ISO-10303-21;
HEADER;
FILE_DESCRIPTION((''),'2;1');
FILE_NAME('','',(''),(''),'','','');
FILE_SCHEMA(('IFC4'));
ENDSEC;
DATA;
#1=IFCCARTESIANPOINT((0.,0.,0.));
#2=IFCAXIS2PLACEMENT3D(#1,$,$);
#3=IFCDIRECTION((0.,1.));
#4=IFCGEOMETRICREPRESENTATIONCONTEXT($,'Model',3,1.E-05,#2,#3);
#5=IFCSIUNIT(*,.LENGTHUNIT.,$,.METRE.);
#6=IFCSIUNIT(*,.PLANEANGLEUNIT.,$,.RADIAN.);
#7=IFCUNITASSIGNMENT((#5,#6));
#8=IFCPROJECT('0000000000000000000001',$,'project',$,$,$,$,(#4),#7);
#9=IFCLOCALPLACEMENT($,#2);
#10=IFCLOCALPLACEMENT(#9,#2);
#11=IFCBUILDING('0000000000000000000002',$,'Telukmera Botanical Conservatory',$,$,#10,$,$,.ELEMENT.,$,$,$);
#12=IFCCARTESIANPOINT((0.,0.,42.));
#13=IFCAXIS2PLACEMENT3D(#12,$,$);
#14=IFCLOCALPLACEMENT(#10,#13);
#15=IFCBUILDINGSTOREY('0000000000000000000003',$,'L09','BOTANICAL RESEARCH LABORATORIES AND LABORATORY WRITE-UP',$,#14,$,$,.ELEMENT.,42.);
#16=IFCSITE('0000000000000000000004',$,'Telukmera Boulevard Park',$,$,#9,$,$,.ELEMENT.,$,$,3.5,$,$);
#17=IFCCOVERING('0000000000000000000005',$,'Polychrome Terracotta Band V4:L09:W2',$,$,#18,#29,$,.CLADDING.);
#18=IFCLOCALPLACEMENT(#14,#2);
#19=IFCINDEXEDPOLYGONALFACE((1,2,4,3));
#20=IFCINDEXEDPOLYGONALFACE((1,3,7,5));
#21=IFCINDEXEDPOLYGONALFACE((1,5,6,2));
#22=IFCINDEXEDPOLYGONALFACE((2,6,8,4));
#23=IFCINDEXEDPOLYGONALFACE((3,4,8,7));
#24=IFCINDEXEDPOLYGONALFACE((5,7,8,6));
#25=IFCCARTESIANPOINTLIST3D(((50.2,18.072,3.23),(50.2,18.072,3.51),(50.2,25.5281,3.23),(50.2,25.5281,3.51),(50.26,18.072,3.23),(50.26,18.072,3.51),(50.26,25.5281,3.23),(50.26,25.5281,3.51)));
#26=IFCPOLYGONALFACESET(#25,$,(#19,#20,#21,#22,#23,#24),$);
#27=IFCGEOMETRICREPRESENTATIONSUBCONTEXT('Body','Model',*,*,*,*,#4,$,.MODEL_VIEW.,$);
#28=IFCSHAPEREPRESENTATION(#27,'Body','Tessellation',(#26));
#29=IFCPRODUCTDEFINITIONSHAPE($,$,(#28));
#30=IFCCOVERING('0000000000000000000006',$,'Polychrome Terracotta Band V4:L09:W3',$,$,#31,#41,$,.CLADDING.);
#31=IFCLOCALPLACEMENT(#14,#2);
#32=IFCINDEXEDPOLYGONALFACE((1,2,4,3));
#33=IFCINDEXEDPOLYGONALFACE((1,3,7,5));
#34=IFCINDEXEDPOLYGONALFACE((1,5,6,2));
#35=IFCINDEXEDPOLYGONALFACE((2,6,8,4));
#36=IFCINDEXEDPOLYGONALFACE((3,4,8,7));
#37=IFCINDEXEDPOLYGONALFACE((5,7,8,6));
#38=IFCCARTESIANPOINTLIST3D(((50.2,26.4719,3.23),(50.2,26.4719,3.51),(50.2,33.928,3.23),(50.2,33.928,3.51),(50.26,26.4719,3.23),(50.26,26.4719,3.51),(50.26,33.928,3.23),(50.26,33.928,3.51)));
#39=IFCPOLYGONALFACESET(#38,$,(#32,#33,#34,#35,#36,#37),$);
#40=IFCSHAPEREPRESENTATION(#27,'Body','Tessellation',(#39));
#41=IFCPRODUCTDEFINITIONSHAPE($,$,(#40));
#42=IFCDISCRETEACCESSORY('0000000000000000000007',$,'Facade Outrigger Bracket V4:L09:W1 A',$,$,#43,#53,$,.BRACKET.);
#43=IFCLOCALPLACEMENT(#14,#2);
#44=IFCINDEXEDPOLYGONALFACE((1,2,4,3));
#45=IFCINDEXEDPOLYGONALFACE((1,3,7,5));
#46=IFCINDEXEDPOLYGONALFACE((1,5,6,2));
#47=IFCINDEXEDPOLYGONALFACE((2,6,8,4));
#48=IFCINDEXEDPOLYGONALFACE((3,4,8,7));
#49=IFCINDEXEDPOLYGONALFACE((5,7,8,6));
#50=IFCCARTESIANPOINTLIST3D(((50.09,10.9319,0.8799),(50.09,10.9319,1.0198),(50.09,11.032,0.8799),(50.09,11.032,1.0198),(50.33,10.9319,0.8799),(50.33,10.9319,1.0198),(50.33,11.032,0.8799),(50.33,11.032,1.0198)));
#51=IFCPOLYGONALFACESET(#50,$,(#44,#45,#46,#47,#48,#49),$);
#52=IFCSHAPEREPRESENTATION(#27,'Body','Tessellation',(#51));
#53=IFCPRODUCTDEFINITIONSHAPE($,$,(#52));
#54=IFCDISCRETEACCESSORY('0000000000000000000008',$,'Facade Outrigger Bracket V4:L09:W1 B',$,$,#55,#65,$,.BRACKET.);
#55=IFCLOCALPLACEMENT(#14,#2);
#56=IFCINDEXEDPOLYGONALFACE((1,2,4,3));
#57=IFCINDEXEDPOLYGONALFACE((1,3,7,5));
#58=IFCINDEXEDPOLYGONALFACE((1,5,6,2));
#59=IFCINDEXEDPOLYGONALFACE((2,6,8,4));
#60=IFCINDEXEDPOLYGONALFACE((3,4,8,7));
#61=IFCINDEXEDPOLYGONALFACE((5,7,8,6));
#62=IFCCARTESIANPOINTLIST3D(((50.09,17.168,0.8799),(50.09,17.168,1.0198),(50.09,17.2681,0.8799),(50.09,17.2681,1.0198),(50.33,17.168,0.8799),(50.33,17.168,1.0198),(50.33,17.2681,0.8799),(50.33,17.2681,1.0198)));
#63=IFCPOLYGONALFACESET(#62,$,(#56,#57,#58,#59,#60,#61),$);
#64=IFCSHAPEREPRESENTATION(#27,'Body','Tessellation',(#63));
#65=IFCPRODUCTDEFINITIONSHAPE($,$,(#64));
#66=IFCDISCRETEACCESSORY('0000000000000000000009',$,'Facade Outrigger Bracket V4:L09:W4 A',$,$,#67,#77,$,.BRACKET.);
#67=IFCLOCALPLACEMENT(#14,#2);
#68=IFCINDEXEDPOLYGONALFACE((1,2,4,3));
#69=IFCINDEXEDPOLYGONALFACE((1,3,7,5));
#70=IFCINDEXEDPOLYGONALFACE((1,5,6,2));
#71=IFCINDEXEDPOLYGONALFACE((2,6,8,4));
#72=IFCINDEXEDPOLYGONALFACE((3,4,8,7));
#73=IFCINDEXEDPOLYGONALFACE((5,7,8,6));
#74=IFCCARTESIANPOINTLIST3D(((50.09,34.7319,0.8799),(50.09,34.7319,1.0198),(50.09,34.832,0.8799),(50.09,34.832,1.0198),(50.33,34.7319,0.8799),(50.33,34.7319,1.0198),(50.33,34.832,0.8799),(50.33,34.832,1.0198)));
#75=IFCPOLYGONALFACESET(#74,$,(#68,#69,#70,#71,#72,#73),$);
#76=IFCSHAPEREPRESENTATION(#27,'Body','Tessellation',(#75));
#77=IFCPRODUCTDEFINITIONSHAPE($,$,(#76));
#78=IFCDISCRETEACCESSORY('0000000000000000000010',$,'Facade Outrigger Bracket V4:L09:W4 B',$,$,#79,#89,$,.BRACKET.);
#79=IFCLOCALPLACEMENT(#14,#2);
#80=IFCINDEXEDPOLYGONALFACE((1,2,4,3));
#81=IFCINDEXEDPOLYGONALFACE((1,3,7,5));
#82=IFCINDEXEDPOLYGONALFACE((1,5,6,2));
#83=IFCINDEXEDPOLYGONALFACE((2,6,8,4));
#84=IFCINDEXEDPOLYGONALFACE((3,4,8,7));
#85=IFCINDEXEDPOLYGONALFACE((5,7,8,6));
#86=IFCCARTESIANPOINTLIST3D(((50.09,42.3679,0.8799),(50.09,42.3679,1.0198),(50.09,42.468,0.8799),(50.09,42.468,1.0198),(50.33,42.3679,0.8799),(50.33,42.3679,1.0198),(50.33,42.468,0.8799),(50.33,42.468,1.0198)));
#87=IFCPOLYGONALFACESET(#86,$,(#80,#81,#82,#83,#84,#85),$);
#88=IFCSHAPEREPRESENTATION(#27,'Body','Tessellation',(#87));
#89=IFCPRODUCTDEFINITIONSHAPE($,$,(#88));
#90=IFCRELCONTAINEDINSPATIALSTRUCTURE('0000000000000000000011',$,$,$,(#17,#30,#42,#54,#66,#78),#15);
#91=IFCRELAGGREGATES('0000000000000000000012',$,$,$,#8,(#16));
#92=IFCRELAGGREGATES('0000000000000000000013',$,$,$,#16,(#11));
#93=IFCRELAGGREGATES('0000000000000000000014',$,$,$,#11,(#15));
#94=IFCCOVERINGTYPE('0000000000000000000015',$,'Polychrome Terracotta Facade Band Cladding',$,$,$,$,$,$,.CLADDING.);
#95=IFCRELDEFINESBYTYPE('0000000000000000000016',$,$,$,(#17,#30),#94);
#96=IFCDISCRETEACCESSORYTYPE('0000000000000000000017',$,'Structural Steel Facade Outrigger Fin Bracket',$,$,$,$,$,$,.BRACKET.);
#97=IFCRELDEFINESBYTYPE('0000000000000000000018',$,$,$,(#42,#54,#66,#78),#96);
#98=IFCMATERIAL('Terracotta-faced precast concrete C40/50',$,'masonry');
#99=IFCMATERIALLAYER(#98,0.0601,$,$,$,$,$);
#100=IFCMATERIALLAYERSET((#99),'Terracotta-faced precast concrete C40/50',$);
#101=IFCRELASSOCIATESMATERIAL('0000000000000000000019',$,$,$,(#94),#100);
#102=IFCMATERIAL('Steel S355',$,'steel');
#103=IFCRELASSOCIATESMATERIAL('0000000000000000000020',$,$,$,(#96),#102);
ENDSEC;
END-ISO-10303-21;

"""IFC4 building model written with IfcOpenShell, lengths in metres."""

from ifc_helpers import new_model, si_unit, direction, frame, origin, origin_2d, place, context, subcontext, project, spatial, rectangle, extrude, material, layer, layer_set, type_object, element, save


model = new_model("IFC4")

# Units and contexts
model_context = context("Model", 3, precision=1e-05, world=origin(), true_north=direction((0.0, 1.0)))
body_context = subcontext(model_context, "Body", "Model", "MODEL_VIEW")
ifc_project = project(units=[si_unit("LENGTHUNIT", "METRE"), si_unit("PLANEANGLEUNIT", "RADIAN")], contexts=[model_context])

# Site, building, storey
site_placement = place(None, origin())
site = spatial("IfcSite", under=ifc_project, at=site_placement, Name="Telukmera Boulevard Park", CompositionType="ELEMENT", RefElevation=3.5)
building_placement = place(site_placement, origin())
building = spatial("IfcBuilding", under=site, at=building_placement, Name="Telukmera Botanical Conservatory", CompositionType="ELEMENT")
storey_placement = place(building_placement, frame((0.0, 0.0, 42.0)))
storey = spatial("IfcBuildingStorey", under=building, at=storey_placement, Name="L09", Description="BOTANICAL RESEARCH LABORATORIES AND LABORATORY WRITE-UP", CompositionType="ELEMENT", Elevation=42.0)

# Coverings
ifc_material_1 = material(Name="Terracotta-faced precast concrete C40/50", Category="masonry")
ifc_layer_1 = layer(ifc_material_1, 0.0601)
ifc_layer_set_1 = layer_set([ifc_layer_1], Name="Terracotta-faced precast concrete C40/50")
covering_type_1 = type_object("IfcCoveringType", Name="Polychrome Terracotta Facade Band Cladding", PredefinedType="CLADDING", material=ifc_layer_set_1)
for number, where, z_axis, x_axis, name in (
    (1, (50.23, 21.8, 3.23), (0.0, 0.0, 1.0), (0.0, 1.0, 0.0), "Polychrome Terracotta Band V4:L09:W2"),
    (2, (50.23, 30.2, 3.23), (0.0, 0.0, 1.0), (0.0, 1.0, 0.0), "Polychrome Terracotta Band V4:L09:W3"),
):
    element("IfcCovering", number, at=place(storey_placement, frame(where, z_axis=z_axis, x_axis=x_axis)), inside=storey, type_object=covering_type_1, Name=name, PredefinedType="CLADDING", context=body_context, shape_type="SweptSolid", body=[
        extrude(rectangle(XDim=7.4561, YDim=0.0601, at=origin_2d()), origin(), (0.0, 0.0, 1.0), 0.28),
    ])

# Discrete accessories
ifc_material_2 = material(Name="Steel S355", Category="steel")
discrete_accessory_type = type_object("IfcDiscreteAccessoryType", Name="Structural Steel Facade Outrigger Fin Bracket", PredefinedType="BRACKET", material=ifc_material_2)
for number, where, z_axis, x_axis, name in (
    (3, (50.21, 10.9819, 0.8799), (0.0, 0.0, 1.0), (0.0, 1.0, 0.0), "Facade Outrigger Bracket V4:L09:W1 A"),
    (4, (50.21, 17.218, 0.8799), (0.0, 0.0, 1.0), (0.0, 1.0, 0.0), "Facade Outrigger Bracket V4:L09:W1 B"),
    (5, (50.21, 34.782, 0.8799), (0.0, 0.0, 1.0), (0.0, 1.0, 0.0), "Facade Outrigger Bracket V4:L09:W4 A"),
    (6, (50.21, 42.418, 0.8799), (0.0, 0.0, 1.0), (0.0, 1.0, 0.0), "Facade Outrigger Bracket V4:L09:W4 B"),
):
    element("IfcDiscreteAccessory", number, at=place(storey_placement, frame(where, z_axis=z_axis, x_axis=x_axis)), inside=storey, type_object=discrete_accessory_type, Name=name, PredefinedType="BRACKET", context=body_context, shape_type="SweptSolid", body=[
        extrude(rectangle(XDim=0.1001, YDim=0.24, at=origin_2d()), origin(), (0.0, 0.0, 1.0), 0.1399),
    ])

save(model, "model.ifc")
